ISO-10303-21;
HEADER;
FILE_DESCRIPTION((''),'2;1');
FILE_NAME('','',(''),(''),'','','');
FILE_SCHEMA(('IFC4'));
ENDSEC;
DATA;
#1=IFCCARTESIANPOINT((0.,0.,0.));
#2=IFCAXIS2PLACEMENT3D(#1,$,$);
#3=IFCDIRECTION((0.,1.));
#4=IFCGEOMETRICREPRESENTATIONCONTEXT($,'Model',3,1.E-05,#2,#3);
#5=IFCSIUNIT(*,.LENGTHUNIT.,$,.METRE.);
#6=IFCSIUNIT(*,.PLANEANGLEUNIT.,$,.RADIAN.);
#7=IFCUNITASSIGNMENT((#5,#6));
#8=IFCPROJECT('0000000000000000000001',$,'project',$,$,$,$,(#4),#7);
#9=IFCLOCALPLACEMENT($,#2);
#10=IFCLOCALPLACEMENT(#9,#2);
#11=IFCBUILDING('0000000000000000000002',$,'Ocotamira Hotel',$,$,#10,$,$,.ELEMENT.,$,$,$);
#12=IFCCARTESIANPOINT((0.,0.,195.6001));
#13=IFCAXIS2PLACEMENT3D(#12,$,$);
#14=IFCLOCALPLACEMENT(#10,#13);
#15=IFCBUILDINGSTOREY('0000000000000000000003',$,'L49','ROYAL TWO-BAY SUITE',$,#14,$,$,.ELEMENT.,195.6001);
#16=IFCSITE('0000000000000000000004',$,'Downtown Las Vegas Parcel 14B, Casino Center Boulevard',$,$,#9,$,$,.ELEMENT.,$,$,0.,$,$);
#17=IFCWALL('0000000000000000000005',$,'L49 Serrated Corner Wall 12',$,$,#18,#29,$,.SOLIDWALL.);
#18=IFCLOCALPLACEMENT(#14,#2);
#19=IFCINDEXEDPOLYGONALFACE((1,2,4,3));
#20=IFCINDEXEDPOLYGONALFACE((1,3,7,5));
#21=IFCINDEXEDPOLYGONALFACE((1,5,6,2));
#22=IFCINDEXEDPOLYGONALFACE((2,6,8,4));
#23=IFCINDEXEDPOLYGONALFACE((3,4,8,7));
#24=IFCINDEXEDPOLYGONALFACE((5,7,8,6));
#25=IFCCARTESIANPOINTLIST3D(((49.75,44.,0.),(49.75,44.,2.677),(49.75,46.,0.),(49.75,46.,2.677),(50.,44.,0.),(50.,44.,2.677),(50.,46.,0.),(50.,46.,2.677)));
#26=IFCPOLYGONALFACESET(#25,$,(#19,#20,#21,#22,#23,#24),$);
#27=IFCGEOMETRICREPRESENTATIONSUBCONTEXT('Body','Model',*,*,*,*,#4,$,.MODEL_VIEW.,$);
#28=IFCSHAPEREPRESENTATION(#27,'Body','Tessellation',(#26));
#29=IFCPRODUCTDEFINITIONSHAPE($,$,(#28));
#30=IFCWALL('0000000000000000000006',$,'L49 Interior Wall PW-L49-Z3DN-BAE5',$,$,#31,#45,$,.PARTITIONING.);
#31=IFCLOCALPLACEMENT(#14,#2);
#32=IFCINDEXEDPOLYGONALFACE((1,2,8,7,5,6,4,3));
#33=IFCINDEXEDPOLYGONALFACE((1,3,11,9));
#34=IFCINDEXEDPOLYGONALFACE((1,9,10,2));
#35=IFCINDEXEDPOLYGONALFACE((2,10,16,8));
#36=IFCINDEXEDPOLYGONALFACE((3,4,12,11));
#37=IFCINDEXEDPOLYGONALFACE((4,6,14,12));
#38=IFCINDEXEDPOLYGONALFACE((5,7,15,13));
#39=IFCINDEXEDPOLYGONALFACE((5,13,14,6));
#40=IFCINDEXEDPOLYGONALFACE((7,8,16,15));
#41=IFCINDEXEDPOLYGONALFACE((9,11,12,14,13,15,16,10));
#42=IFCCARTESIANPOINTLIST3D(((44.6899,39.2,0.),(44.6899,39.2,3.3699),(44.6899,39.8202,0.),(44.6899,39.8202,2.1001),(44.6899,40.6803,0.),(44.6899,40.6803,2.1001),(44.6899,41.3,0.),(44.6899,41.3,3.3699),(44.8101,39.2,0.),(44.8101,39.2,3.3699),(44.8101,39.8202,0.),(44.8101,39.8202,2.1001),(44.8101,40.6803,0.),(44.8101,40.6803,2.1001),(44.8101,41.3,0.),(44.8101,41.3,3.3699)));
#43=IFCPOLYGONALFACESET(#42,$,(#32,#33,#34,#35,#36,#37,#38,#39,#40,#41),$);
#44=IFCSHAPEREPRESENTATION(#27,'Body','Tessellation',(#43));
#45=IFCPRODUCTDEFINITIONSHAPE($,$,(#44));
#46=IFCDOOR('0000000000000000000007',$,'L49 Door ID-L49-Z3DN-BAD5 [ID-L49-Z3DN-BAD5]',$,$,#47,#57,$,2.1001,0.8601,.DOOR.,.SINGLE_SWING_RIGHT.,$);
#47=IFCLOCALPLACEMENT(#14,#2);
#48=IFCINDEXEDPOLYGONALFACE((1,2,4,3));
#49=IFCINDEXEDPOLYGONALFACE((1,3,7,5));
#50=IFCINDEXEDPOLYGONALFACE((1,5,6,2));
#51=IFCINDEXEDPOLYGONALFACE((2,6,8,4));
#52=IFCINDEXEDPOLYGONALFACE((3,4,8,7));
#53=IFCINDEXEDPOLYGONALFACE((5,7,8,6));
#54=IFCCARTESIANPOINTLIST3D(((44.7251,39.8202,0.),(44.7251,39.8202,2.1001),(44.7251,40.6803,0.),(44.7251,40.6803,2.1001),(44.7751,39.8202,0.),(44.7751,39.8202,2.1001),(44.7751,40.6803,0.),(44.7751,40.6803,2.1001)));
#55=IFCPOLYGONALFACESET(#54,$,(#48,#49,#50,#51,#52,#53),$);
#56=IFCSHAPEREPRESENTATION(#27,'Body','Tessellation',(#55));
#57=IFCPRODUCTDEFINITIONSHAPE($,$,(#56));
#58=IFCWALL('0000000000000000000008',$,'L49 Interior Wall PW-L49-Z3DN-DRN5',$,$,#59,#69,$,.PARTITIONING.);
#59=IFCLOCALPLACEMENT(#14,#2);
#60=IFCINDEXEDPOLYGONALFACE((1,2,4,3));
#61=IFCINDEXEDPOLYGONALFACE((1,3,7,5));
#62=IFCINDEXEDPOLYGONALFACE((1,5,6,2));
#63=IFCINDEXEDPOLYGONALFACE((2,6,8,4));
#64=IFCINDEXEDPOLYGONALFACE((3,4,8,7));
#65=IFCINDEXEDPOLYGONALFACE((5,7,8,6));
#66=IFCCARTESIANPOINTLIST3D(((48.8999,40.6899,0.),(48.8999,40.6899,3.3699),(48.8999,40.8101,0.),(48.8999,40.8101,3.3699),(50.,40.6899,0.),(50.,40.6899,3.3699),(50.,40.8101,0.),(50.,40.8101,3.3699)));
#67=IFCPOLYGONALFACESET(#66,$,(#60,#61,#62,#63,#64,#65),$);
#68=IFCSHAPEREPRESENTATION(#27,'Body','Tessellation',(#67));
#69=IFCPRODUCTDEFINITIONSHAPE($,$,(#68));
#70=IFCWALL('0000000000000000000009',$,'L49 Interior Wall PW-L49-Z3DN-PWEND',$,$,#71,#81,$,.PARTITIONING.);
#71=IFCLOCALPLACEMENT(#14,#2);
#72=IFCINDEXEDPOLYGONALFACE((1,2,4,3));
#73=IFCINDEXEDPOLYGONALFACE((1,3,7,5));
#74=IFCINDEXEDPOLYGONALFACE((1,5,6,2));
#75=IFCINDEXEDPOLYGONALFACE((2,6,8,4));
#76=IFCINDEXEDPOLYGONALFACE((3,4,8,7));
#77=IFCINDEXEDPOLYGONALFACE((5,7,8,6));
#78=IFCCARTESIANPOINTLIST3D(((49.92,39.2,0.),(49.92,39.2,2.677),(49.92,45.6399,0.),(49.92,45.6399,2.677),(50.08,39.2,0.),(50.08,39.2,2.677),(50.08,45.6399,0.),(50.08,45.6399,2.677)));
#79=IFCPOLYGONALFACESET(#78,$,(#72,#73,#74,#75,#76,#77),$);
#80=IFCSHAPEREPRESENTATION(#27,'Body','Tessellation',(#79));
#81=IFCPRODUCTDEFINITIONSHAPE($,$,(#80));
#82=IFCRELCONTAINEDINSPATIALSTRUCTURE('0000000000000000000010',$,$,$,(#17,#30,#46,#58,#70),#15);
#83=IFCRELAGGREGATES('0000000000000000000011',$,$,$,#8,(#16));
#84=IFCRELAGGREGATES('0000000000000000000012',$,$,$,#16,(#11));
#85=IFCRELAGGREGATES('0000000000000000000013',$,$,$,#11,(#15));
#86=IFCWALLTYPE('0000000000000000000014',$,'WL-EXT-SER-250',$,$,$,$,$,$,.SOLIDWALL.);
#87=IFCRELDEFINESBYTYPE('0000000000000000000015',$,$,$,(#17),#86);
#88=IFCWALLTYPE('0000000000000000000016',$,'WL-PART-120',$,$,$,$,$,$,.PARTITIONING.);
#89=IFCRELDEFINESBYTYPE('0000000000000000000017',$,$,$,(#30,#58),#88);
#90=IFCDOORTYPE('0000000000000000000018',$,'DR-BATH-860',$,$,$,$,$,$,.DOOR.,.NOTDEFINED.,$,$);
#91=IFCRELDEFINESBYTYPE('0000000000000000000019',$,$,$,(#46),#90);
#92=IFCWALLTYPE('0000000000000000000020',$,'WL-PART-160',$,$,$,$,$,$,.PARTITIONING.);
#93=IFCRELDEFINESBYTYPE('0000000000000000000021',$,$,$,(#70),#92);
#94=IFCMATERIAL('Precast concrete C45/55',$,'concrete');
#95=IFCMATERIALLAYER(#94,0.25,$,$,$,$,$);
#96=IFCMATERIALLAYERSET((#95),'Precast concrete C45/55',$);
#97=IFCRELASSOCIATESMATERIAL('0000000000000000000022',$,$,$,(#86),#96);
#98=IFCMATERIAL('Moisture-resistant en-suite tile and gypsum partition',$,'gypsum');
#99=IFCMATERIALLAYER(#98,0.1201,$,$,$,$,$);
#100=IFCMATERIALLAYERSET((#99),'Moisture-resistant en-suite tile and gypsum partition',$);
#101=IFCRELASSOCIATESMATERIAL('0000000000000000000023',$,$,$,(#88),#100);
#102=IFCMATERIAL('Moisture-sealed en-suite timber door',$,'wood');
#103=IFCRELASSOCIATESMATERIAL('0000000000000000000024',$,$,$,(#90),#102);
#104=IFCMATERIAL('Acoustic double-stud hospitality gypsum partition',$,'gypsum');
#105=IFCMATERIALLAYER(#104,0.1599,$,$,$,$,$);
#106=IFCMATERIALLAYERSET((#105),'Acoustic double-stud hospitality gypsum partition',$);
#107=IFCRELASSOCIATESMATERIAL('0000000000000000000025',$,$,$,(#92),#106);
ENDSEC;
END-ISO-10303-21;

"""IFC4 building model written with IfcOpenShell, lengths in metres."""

from ifc_helpers import new_model, si_unit, direction, frame, frame_2d, origin, place, context, subcontext, project, spatial, rectangle, extrude, source, transform, mapped, material, layer, layer_set, type_object, element, fill, save


model = new_model("IFC4")

# Units and contexts
model_context = context("Model", 3, precision=1e-05, world=origin(), true_north=direction((0.0, 1.0)))
body_context = subcontext(model_context, "Body", "Model", "MODEL_VIEW")
ifc_project = project(units=[si_unit("LENGTHUNIT", "METRE"), si_unit("PLANEANGLEUNIT", "RADIAN")], contexts=[model_context])

# Site, building, storey
site_placement = place(None, origin())
site = spatial("IfcSite", under=ifc_project, at=site_placement, Name="Downtown Las Vegas Parcel 14B, Casino Center Boulevard", CompositionType="ELEMENT", RefElevation=0.0)
building_placement = place(site_placement, origin())
building = spatial("IfcBuilding", under=site, at=building_placement, Name="Ocotamira Hotel", CompositionType="ELEMENT")
storey_placement = place(building_placement, frame((0.0, 0.0, 195.6001)))
storey = spatial("IfcBuildingStorey", under=building, at=storey_placement, Name="L49", Description="ROYAL TWO-BAY SUITE", CompositionType="ELEMENT", Elevation=195.6001)

# Wall
ifc_material_1 = material(Name="Precast concrete C45/55", Category="concrete")
ifc_layer_1 = layer(ifc_material_1, 0.25)
ifc_layer_set_1 = layer_set([ifc_layer_1], Name="Precast concrete C45/55")
wall_type_1 = type_object("IfcWallType", Name="WL-EXT-SER-250", PredefinedType="SOLIDWALL", material=ifc_layer_set_1)
wall_1_placement = place(storey_placement, frame((49.875, 44.0, 0.0), z_axis=(0.0, 0.0, 1.0), x_axis=(0.0, 1.0, 0.0)))
element("IfcWall", 1, at=wall_1_placement, inside=storey, type_object=wall_type_1, Name="L49 Serrated Corner Wall 12", PredefinedType="SOLIDWALL", context=body_context, shape_type="SweptSolid", body=[
    extrude(rectangle(XDim=2.0, YDim=0.25, at=frame_2d((1.0, 0.0))), origin(), (0.0, 0.0, 1.0), 2.677),
])

# Wall, opening, door
ifc_material_2 = material(Name="Moisture-resistant en-suite tile and gypsum partition", Category="gypsum")
ifc_layer_2 = layer(ifc_material_2, 0.1201)
ifc_layer_set_2 = layer_set([ifc_layer_2], Name="Moisture-resistant en-suite tile and gypsum partition")
wall_type_2 = type_object("IfcWallType", Name="WL-PART-120", PredefinedType="PARTITIONING", material=ifc_layer_set_2)
wall_2_placement = place(storey_placement, frame((44.75, 39.2, 0.0), z_axis=(0.0, 0.0, 1.0), x_axis=(0.0, 1.0, 0.0)))
wall_2 = element("IfcWall", 2, at=wall_2_placement, inside=storey, type_object=wall_type_2, Name="L49 Interior Wall PW-L49-Z3DN-BAE5", PredefinedType="PARTITIONING", context=body_context, shape_type="SweptSolid", body=[
    extrude(rectangle(XDim=2.1001, YDim=0.1201, at=frame_2d((1.05, 0.0))), origin(), (0.0, 0.0, 1.0), 3.3699),
])
opening_1_placement = place(wall_2_placement, frame((0.6201, 0.0, 0.0)))
opening_1 = element("IfcOpeningElement", 3, at=opening_1_placement, cuts=wall_2, PredefinedType="OPENING", context=body_context, shape_type="SweptSolid", body=[
    extrude(rectangle(XDim=0.8601, YDim=2.1001, at=frame_2d((0.4302, 1.05))), frame((0.0, 0.0701, 0.0), z_axis=(0.0, -1.0, 0.0), x_axis=(1.0, 0.0, 0.0)), (0.0, 0.0, 1.0), 0.1401),
])
ifc_material_3 = material(Name="Moisture-sealed en-suite timber door", Category="wood")
door_type_1 = type_object("IfcDoorType", Name="DR-BATH-860", OperationType="NOTDEFINED", PredefinedType="DOOR", material=ifc_material_3)
shared_shape_1 = source(origin(), body_context, "Body", "SweptSolid", [
    extrude(rectangle(XDim=0.8601, YDim=2.1001, at=frame_2d((0.4302, 1.05))), frame((0.0, 0.0249, 0.0), z_axis=(0.0, -1.0, 0.0), x_axis=(1.0, 0.0, 0.0)), (0.0, 0.0, 1.0), 0.05),
])
door_1_placement = place(opening_1_placement, origin())
door_1 = element("IfcDoor", 4, at=door_1_placement, inside=storey, type_object=door_type_1, Name="L49 Door ID-L49-Z3DN-BAD5 [ID-L49-Z3DN-BAD5]", OperationType="SINGLE_SWING_RIGHT", OverallHeight=2.1001, OverallWidth=0.8601, PredefinedType="DOOR", context=body_context, shape_type="MappedRepresentation", body=[
    mapped(shared_shape_1, transform((0.0, 0.0, 0.0), scale=1.0)),
])
fill(opening_1, door_1)

# Walls
wall_3_placement = place(storey_placement, frame((48.8999, 40.75, 0.0), z_axis=(0.0, 0.0, 1.0), x_axis=(1.0, 0.0, 0.0)))
element("IfcWall", 5, at=wall_3_placement, inside=storey, type_object=wall_type_2, Name="L49 Interior Wall PW-L49-Z3DN-DRN5", PredefinedType="PARTITIONING", context=body_context, shape_type="SweptSolid", body=[
    extrude(rectangle(XDim=1.1001, YDim=0.1201, at=frame_2d((0.55, 0.0))), origin(), (0.0, 0.0, 1.0), 3.3699),
])
ifc_material_4 = material(Name="Acoustic double-stud hospitality gypsum partition", Category="gypsum")
ifc_layer_3 = layer(ifc_material_4, 0.1599)
ifc_layer_set_3 = layer_set([ifc_layer_3], Name="Acoustic double-stud hospitality gypsum partition")
wall_type_3 = type_object("IfcWallType", Name="WL-PART-160", PredefinedType="PARTITIONING", material=ifc_layer_set_3)
wall_4_placement = place(storey_placement, frame((50.0, 39.2, 0.0), z_axis=(0.0, 0.0, 1.0), x_axis=(0.0, 1.0, 0.0)))
element("IfcWall", 6, at=wall_4_placement, inside=storey, type_object=wall_type_3, Name="L49 Interior Wall PW-L49-Z3DN-PWEND", PredefinedType="PARTITIONING", context=body_context, shape_type="SweptSolid", body=[
    extrude(rectangle(XDim=6.4399, YDim=0.1599, at=frame_2d((3.22, 0.0))), origin(), (0.0, 0.0, 1.0), 2.677),
])

save(model, "model.ifc")
